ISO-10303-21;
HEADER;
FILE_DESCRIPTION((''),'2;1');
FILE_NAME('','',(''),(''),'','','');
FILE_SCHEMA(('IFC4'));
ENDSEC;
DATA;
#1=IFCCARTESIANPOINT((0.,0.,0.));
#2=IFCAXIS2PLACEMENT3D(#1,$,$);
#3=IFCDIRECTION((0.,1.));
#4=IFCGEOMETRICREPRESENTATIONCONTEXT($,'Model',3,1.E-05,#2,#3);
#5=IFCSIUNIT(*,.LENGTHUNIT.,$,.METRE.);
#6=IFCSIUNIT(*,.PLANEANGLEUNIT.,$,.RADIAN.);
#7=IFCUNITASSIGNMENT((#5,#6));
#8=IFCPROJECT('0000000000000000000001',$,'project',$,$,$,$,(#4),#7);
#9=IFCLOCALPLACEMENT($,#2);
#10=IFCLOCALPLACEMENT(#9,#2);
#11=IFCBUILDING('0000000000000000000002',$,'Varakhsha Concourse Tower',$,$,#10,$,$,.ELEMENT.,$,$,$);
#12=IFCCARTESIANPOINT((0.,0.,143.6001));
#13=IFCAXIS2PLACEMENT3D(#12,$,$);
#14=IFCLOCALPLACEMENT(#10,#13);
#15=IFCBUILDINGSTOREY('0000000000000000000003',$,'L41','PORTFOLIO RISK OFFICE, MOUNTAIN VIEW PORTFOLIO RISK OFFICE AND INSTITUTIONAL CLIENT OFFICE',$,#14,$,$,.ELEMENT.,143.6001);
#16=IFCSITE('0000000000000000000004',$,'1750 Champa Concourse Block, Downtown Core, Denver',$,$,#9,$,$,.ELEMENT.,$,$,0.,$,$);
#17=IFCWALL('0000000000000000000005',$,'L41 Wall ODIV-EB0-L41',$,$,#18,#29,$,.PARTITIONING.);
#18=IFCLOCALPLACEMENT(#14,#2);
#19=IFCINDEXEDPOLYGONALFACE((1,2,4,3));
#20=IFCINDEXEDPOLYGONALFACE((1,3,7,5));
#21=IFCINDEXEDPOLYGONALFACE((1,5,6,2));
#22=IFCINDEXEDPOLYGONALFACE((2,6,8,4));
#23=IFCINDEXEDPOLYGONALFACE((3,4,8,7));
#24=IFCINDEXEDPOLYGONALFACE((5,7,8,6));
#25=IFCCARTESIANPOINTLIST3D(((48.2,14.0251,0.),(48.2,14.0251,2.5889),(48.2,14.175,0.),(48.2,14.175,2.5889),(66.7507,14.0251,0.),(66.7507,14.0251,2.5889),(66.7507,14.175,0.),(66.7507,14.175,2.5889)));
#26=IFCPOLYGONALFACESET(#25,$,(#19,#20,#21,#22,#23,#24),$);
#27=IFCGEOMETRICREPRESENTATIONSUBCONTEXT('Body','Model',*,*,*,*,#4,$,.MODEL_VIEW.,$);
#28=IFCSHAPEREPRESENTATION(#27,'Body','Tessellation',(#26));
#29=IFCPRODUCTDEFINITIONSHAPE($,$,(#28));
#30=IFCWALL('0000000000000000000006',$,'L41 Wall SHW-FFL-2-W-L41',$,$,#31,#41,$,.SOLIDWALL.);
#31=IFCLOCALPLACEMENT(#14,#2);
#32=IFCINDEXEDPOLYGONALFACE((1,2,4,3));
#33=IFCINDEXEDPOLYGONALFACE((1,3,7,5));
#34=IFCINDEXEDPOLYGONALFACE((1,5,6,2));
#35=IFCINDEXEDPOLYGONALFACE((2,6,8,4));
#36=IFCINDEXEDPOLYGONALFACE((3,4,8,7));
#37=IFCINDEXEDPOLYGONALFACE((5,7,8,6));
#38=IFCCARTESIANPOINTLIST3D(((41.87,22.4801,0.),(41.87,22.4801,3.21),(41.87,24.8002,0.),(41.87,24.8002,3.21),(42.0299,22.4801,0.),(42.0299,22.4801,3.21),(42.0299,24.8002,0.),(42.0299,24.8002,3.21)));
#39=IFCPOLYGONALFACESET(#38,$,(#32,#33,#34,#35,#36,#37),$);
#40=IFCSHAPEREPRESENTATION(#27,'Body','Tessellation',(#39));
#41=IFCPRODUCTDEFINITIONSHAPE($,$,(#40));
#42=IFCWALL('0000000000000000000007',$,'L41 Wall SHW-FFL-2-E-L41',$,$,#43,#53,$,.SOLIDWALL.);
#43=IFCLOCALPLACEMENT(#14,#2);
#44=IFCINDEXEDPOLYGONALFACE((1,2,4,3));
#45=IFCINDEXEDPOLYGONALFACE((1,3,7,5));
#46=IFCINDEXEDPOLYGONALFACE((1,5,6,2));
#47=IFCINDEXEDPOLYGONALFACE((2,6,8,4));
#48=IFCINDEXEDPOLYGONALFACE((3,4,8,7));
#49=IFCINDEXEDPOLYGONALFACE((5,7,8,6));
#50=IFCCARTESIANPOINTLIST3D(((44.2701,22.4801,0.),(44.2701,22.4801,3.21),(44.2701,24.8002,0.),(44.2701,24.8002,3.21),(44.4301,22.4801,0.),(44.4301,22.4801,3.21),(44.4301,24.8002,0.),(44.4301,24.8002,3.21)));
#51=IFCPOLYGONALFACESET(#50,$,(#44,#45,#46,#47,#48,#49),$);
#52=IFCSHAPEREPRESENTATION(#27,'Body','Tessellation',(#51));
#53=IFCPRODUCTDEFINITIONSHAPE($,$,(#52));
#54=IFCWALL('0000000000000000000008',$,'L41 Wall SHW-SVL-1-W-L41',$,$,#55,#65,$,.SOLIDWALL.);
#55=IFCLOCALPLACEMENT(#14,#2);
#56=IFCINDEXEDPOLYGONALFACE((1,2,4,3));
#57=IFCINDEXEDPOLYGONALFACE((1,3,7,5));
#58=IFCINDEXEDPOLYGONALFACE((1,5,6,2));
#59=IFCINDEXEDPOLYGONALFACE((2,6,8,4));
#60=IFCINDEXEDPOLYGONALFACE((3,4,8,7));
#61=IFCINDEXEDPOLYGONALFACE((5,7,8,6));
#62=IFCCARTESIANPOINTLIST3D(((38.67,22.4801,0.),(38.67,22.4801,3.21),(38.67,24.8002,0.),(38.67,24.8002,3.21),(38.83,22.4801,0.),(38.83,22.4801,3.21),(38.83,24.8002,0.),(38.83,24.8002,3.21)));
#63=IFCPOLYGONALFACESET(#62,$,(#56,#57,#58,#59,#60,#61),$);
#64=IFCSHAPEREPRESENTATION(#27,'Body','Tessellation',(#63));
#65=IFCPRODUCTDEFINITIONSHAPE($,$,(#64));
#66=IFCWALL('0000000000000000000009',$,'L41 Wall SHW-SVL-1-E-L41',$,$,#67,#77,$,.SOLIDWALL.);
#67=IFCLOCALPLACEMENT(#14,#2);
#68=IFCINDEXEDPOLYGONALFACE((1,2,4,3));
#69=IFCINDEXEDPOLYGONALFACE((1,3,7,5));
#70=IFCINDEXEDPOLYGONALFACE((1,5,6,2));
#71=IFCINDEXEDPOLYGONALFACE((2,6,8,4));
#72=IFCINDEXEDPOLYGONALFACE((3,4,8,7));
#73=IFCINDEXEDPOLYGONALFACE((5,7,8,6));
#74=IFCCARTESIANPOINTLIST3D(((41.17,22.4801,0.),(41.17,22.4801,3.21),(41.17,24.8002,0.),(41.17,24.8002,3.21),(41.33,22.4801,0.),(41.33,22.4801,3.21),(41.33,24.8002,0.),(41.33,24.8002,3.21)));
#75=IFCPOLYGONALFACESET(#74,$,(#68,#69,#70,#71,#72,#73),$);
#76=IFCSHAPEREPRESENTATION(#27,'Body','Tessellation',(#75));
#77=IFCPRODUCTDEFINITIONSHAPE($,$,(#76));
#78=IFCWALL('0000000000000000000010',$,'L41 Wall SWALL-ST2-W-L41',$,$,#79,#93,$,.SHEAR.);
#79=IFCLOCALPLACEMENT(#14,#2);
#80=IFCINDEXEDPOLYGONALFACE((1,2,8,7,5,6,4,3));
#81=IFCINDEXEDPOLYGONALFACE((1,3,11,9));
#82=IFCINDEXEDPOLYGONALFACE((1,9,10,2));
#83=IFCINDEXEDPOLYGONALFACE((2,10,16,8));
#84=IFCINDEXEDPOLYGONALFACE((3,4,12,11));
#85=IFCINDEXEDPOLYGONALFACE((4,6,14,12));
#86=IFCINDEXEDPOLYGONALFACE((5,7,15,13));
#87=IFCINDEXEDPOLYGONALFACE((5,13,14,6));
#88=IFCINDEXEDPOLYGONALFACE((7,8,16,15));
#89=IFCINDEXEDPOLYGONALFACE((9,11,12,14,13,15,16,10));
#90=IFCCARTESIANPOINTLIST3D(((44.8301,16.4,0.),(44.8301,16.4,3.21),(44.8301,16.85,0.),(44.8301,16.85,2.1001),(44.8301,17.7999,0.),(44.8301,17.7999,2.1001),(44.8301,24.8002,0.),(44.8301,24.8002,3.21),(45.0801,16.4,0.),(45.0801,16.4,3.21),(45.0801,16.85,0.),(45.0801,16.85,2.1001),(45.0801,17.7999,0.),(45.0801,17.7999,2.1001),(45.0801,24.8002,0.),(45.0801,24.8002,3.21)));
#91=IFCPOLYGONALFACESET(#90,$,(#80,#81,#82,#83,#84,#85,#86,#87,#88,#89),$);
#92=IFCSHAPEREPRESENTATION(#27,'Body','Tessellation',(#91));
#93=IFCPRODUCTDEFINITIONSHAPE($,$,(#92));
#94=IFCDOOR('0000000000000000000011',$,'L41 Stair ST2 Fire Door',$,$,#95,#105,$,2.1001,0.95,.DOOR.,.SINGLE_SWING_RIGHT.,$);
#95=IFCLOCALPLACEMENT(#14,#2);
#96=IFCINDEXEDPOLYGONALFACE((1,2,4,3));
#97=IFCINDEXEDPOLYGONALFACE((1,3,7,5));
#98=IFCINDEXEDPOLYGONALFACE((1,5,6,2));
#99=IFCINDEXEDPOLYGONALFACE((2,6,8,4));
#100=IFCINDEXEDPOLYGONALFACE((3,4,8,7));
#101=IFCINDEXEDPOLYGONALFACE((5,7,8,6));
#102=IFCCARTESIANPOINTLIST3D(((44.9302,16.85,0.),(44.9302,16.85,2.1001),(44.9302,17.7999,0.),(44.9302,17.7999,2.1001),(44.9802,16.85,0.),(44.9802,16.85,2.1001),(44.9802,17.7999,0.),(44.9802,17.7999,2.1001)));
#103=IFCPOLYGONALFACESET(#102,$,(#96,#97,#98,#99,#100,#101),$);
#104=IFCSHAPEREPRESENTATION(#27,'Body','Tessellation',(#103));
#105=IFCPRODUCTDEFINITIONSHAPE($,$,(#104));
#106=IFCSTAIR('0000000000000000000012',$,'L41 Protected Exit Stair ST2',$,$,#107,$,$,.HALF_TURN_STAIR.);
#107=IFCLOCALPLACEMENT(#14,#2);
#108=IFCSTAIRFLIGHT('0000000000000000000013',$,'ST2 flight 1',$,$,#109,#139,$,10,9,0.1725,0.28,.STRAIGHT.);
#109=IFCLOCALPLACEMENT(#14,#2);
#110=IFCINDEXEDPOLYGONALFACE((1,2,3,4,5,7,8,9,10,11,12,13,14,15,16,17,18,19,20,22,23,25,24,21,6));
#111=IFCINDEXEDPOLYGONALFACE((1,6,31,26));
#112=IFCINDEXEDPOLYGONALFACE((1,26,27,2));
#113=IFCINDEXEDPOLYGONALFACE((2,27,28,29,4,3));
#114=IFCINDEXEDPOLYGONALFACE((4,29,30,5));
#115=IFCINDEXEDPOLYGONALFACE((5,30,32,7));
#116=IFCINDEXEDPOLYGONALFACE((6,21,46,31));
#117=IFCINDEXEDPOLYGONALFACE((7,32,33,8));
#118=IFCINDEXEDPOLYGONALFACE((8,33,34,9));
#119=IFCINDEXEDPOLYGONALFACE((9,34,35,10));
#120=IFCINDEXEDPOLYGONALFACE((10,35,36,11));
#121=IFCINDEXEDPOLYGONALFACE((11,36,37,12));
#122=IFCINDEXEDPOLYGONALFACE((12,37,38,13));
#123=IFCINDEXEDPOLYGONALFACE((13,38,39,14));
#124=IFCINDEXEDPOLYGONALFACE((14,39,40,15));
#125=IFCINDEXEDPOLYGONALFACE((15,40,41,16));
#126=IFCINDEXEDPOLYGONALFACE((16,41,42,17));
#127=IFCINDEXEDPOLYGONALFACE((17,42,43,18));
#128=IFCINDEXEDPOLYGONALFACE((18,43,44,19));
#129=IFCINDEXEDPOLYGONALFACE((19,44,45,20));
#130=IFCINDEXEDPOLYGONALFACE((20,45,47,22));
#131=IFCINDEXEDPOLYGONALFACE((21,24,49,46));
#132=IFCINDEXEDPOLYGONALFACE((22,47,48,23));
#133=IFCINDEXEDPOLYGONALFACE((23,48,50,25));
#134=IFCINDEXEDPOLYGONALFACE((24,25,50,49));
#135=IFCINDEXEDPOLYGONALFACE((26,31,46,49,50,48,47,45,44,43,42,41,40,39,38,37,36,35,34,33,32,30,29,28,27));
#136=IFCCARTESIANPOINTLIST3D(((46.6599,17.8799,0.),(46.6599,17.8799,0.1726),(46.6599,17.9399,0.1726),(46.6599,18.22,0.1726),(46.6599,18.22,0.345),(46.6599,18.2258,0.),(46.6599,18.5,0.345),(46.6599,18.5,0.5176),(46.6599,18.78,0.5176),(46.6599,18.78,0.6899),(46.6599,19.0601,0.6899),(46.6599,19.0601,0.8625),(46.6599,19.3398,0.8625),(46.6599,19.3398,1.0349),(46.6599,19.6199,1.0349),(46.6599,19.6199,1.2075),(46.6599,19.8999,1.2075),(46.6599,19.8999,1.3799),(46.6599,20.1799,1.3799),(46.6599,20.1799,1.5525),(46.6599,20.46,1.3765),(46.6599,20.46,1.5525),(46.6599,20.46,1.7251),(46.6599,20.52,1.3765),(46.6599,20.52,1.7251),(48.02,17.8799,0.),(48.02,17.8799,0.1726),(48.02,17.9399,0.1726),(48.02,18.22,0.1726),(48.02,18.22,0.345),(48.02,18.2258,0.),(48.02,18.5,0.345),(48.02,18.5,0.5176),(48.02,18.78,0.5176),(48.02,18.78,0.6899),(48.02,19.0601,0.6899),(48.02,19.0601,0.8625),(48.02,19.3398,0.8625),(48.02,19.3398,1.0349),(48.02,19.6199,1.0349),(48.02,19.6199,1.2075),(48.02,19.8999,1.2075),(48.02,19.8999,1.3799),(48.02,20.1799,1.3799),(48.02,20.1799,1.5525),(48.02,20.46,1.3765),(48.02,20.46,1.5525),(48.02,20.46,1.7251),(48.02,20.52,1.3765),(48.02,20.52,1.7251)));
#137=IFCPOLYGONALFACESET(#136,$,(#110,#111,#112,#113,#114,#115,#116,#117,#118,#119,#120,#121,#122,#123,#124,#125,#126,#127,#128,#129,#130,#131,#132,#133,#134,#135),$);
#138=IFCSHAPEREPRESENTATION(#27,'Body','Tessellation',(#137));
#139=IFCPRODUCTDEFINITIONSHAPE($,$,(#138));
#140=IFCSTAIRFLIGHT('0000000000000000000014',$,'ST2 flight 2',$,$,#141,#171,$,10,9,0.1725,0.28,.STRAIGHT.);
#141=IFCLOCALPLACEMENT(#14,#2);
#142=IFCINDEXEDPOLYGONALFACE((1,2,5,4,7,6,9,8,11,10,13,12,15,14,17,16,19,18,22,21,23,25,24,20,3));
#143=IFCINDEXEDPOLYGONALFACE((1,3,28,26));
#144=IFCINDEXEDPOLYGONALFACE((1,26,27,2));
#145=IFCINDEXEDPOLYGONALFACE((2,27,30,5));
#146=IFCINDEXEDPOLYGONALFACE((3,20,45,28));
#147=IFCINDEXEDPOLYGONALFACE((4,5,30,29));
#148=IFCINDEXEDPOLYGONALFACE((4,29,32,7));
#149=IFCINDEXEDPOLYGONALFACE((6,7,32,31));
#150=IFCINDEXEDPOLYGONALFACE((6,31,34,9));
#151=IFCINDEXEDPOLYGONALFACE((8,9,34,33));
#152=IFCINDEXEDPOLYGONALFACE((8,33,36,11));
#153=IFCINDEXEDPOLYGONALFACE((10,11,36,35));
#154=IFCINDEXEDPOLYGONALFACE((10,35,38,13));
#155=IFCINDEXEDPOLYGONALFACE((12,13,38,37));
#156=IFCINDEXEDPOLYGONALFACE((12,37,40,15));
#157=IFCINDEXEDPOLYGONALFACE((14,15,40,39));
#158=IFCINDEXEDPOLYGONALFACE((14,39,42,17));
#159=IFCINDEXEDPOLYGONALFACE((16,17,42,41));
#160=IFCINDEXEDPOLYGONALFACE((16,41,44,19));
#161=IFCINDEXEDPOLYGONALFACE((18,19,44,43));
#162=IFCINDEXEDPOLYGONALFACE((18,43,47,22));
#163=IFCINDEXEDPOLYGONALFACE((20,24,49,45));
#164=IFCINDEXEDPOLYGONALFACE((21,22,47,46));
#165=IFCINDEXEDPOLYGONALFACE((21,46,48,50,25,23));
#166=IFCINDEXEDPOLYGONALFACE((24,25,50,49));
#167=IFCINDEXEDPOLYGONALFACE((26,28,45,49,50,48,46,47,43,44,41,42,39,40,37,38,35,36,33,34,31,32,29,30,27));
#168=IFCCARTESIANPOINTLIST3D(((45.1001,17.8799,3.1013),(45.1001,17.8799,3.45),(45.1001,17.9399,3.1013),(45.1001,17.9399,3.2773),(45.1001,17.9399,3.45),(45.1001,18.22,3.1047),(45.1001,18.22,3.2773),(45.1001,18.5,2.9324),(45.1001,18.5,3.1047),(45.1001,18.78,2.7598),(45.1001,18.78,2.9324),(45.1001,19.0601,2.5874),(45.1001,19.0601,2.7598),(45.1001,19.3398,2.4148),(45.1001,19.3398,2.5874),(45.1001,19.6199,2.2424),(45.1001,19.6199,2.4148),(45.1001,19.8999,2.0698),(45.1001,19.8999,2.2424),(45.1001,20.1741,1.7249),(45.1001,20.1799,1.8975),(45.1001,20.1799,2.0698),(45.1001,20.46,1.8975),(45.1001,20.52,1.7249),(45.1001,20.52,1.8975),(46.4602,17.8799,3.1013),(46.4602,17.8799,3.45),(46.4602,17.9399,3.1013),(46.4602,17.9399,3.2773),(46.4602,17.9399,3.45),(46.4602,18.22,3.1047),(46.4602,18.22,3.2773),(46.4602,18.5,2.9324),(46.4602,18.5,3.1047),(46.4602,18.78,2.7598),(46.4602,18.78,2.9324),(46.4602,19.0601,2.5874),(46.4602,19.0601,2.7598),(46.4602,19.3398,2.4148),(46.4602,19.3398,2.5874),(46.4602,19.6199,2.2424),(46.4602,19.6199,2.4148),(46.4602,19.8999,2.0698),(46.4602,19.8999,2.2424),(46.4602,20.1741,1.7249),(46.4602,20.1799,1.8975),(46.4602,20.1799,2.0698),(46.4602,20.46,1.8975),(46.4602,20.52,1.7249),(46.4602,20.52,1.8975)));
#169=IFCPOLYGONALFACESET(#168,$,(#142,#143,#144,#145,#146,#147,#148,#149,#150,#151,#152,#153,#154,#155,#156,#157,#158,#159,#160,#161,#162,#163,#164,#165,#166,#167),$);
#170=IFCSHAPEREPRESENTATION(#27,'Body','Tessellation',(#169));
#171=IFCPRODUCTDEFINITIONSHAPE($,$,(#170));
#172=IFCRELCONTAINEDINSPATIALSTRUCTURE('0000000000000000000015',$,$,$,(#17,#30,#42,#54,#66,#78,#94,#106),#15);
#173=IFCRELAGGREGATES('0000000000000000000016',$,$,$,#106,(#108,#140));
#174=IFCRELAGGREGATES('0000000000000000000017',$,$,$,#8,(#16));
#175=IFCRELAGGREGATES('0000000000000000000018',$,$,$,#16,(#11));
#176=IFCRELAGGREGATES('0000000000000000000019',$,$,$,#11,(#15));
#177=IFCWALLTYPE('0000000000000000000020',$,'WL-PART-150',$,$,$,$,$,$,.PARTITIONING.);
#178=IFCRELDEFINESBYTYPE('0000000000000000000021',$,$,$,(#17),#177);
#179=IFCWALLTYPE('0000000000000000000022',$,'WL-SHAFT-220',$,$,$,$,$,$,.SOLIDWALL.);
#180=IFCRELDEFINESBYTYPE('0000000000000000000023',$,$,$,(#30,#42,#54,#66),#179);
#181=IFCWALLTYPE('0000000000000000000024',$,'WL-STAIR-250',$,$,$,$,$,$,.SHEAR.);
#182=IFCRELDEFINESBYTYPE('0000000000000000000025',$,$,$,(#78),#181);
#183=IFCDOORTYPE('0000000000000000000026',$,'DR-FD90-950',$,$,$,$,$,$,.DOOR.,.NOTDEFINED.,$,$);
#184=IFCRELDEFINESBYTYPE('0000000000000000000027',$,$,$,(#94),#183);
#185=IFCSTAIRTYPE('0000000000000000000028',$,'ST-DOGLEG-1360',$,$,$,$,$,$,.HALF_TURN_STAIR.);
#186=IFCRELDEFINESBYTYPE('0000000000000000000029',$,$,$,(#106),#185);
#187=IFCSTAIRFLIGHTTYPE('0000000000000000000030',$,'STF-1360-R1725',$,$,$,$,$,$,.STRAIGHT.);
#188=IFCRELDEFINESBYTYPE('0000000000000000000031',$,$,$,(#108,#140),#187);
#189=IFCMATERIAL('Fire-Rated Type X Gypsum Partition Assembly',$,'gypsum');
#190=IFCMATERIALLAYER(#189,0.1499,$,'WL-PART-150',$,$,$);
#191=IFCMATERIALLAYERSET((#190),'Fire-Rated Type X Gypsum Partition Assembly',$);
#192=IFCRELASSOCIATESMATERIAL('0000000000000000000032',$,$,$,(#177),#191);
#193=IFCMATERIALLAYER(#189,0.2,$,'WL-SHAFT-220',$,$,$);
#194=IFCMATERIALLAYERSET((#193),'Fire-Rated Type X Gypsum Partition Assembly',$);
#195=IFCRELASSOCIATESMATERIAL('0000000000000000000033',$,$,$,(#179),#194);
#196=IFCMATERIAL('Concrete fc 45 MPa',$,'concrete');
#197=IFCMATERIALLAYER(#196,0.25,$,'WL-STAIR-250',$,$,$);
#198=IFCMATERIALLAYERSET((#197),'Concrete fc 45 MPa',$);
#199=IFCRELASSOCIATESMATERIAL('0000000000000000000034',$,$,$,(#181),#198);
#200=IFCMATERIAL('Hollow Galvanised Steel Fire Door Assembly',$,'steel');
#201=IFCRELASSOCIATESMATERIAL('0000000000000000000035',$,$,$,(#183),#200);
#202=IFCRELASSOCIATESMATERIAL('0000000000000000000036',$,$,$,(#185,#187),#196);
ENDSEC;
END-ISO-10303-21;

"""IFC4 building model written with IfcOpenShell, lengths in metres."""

from ifc_helpers import new_model, si_unit, direction, frame, frame_2d, origin, place, context, subcontext, project, spatial, polyline, rectangle, outline, extrude, material, layer, layer_set, type_object, element, fill, aggregate, save


model = new_model("IFC4")

# Units and contexts
model_context = context("Model", 3, precision=1e-05, world=origin(), true_north=direction((0.0, 1.0)))
body_context = subcontext(model_context, "Body", "Model", "MODEL_VIEW")
ifc_project = project(units=[si_unit("LENGTHUNIT", "METRE"), si_unit("PLANEANGLEUNIT", "RADIAN")], contexts=[model_context])

# Site, building, storey
site_placement = place(None, origin())
site = spatial("IfcSite", under=ifc_project, at=site_placement, Name="1750 Champa Concourse Block, Downtown Core, Denver", CompositionType="ELEMENT", RefElevation=0.0)
building_placement = place(site_placement, origin())
building = spatial("IfcBuilding", under=site, at=building_placement, Name="Varakhsha Concourse Tower", CompositionType="ELEMENT")
storey_placement = place(building_placement, frame((0.0, 0.0, 143.6001)))
storey = spatial("IfcBuildingStorey", under=building, at=storey_placement, Name="L41", Description="PORTFOLIO RISK OFFICE, MOUNTAIN VIEW PORTFOLIO RISK OFFICE AND INSTITUTIONAL CLIENT OFFICE", CompositionType="ELEMENT", Elevation=143.6001)

# Shared definitions
ifc_material_1 = material(Name="Fire-Rated Type X Gypsum Partition Assembly", Category="gypsum")
ifc_material_2 = material(Name="Hollow Galvanised Steel Fire Door Assembly", Category="steel")

# Walls
ifc_layer_1 = layer(ifc_material_1, 0.1499, Name="WL-PART-150")
ifc_layer_set_1 = layer_set([ifc_layer_1], Name="Fire-Rated Type X Gypsum Partition Assembly")
wall_type_1 = type_object("IfcWallType", Name="WL-PART-150", PredefinedType="PARTITIONING", material=ifc_layer_set_1)
wall_1_placement = place(storey_placement, frame((48.2, 14.1001, 0.0), z_axis=(0.0, 0.0, 1.0), x_axis=(1.0, 0.0, 0.0)))
element("IfcWall", 1, at=wall_1_placement, inside=storey, type_object=wall_type_1, Name="L41 Wall ODIV-EB0-L41", PredefinedType="PARTITIONING", context=body_context, shape_type="SweptSolid", body=[
    extrude(rectangle(XDim=18.5508, YDim=0.1499, at=frame_2d((9.2754, 0.0))), origin(), (0.0, 0.0, 1.0), 2.5889),
])
ifc_layer_2 = layer(ifc_material_1, 0.2, Name="WL-SHAFT-220")
ifc_layer_set_2 = layer_set([ifc_layer_2], Name="Fire-Rated Type X Gypsum Partition Assembly")
wall_type_2 = type_object("IfcWallType", Name="WL-SHAFT-220", PredefinedType="SOLIDWALL", material=ifc_layer_set_2)
for number, where, z_axis, x_axis, name in (
    (2, (41.95, 22.48, 0.0), (0.0, 0.0, 1.0), (0.0, 1.0, 0.0), "L41 Wall SHW-FFL-2-W-L41"),
    (3, (44.3501, 22.48, 0.0), (0.0, 0.0, 1.0), (0.0, 1.0, 0.0), "L41 Wall SHW-FFL-2-E-L41"),
    (4, (38.75, 22.48, 0.0), (0.0, 0.0, 1.0), (0.0, 1.0, 0.0), "L41 Wall SHW-SVL-1-W-L41"),
    (5, (41.25, 22.48, 0.0), (0.0, 0.0, 1.0), (0.0, 1.0, 0.0), "L41 Wall SHW-SVL-1-E-L41"),
):
    element("IfcWall", number, at=place(storey_placement, frame(where, z_axis=z_axis, x_axis=x_axis)), inside=storey, type_object=wall_type_2, Name=name, PredefinedType="SOLIDWALL", context=body_context, shape_type="SweptSolid", body=[
        extrude(rectangle(XDim=2.3201, YDim=0.1599, at=frame_2d((1.1602, 0.0))), origin(), (0.0, 0.0, 1.0), 3.21),
    ])

# Wall, opening, door
ifc_material_3 = material(Name="Concrete fc 45 MPa", Category="concrete")
ifc_layer_3 = layer(ifc_material_3, 0.25, Name="WL-STAIR-250")
ifc_layer_set_3 = layer_set([ifc_layer_3], Name="Concrete fc 45 MPa")
wall_type_3 = type_object("IfcWallType", Name="WL-STAIR-250", PredefinedType="SHEAR", material=ifc_layer_set_3)
wall_2_placement = place(storey_placement, frame((44.9551, 16.3999, 0.0), z_axis=(0.0, 0.0, 1.0), x_axis=(0.0, 1.0, 0.0)))
wall_2 = element("IfcWall", 6, at=wall_2_placement, inside=storey, type_object=wall_type_3, Name="L41 Wall SWALL-ST2-W-L41", PredefinedType="SHEAR", context=body_context, shape_type="SweptSolid", body=[
    extrude(rectangle(XDim=8.4001, YDim=0.25, at=frame_2d((4.2002, 0.0))), origin(), (0.0, 0.0, 1.0), 3.21),
])
opening_1_placement = place(wall_2_placement, frame((0.45, 0.0, 0.0)))
opening_1 = element("IfcOpeningElement", 7, at=opening_1_placement, cuts=wall_2, PredefinedType="OPENING", context=body_context, shape_type="SweptSolid", body=[
    extrude(rectangle(XDim=0.95, YDim=2.1001, at=frame_2d((0.4751, 1.05))), frame((0.0, 0.135, 0.0), z_axis=(0.0, -1.0, 0.0), x_axis=(1.0, 0.0, 0.0)), (0.0, 0.0, 1.0), 0.27),
])
door_type_1 = type_object("IfcDoorType", Name="DR-FD90-950", OperationType="NOTDEFINED", PredefinedType="DOOR", material=ifc_material_2)
door_1_placement = place(opening_1_placement, origin())
door_1 = element("IfcDoor", 8, at=door_1_placement, inside=storey, type_object=door_type_1, Name="L41 Stair ST2 Fire Door", OperationType="SINGLE_SWING_RIGHT", OverallHeight=2.1001, OverallWidth=0.95, PredefinedType="DOOR", context=body_context, shape_type="SweptSolid", body=[
    extrude(rectangle(XDim=0.95, YDim=2.1001, at=frame_2d((0.4751, 1.05))), frame((0.0, 0.0249, 0.0), z_axis=(0.0, -1.0, 0.0), x_axis=(1.0, 0.0, 0.0)), (0.0, 0.0, 1.0), 0.05),
])
fill(opening_1, door_1)

# Stair, stair flights
stair_type = type_object("IfcStairType", Name="ST-DOGLEG-1360", PredefinedType="HALF_TURN_STAIR", material=ifc_material_3)
stair_placement = place(storey_placement, origin())
stair = element("IfcStair", 9, at=stair_placement, inside=storey, type_object=stair_type, Name="L41 Protected Exit Stair ST2", PredefinedType="HALF_TURN_STAIR")
stair_flight_type = type_object("IfcStairFlightType", Name="STF-1360-R1725", PredefinedType="STRAIGHT", material=ifc_material_3)
stair_flight_1_placement = place(storey_placement, frame((47.3401, 17.9399, 0.0), z_axis=(0.0, 0.0, 1.0), x_axis=(0.0, 1.0, 0.0)))
stair_flight_1 = element("IfcStairFlight", 10, at=stair_flight_1_placement, type_object=stair_flight_type, Name="ST2 flight 1", NumberOfRisers=10, NumberOfTreads=9, PredefinedType="STRAIGHT", RiserHeight=0.1725, TreadLength=0.28, context=body_context, shape_type="SweptSolid", body=[
    extrude(outline(polyline([(-0.0601, 0.0), (-0.0601, 0.1726), (0.0, 0.1726), (0.28, 0.1726), (0.28, 0.345), (0.5601, 0.345), (0.5601, 0.5176), (0.8401, 0.5176), (0.8401, 0.6899), (1.1201, 0.6899), (1.1201, 0.8625), (1.3999, 0.8625), (1.3999, 1.0349), (1.6799, 1.0349), (1.6799, 1.2075), (1.96, 1.2075), (1.96, 1.3799), (2.24, 1.3799), (2.24, 1.5525), (2.52, 1.5525), (2.52, 1.7251), (2.5801, 1.7251), (2.5801, 1.3765), (2.52, 1.3765), (0.2859, 0.0), (-0.0601, 0.0)])), frame((0.0, 0.6802, 0.0), z_axis=(0.0, -1.0, 0.0), x_axis=(1.0, 0.0, 0.0)), (0.0, 0.0, 1.0), 1.3601),
])
stair_flight_2_placement = place(storey_placement, frame((45.78, 20.46, 1.7249), z_axis=(0.0, 0.0, 1.0), x_axis=(0.0, -1.0, 0.0)))
stair_flight_2 = element("IfcStairFlight", 11, at=stair_flight_2_placement, type_object=stair_flight_type, Name="ST2 flight 2", NumberOfRisers=10, NumberOfTreads=9, PredefinedType="STRAIGHT", RiserHeight=0.1725, TreadLength=0.28, context=body_context, shape_type="SweptSolid", body=[
    extrude(outline(polyline([(-0.0601, 0.0), (-0.0601, 0.1726), (0.0, 0.1726), (0.28, 0.1726), (0.28, 0.345), (0.5601, 0.345), (0.5601, 0.5176), (0.8401, 0.5176), (0.8401, 0.6899), (1.1201, 0.6899), (1.1201, 0.8625), (1.3999, 0.8625), (1.3999, 1.0349), (1.6799, 1.0349), (1.6799, 1.2075), (1.96, 1.2075), (1.96, 1.3799), (2.24, 1.3799), (2.24, 1.5525), (2.52, 1.5525), (2.52, 1.7251), (2.5801, 1.7251), (2.5801, 1.3765), (2.52, 1.3765), (0.2859, 0.0), (-0.0601, 0.0)])), frame((0.0, 0.6802, 0.0), z_axis=(0.0, -1.0, 0.0), x_axis=(1.0, 0.0, 0.0)), (0.0, 0.0, 1.0), 1.3601),
])
aggregate(stair, [stair_flight_1, stair_flight_2])

save(model, "model.ifc")
